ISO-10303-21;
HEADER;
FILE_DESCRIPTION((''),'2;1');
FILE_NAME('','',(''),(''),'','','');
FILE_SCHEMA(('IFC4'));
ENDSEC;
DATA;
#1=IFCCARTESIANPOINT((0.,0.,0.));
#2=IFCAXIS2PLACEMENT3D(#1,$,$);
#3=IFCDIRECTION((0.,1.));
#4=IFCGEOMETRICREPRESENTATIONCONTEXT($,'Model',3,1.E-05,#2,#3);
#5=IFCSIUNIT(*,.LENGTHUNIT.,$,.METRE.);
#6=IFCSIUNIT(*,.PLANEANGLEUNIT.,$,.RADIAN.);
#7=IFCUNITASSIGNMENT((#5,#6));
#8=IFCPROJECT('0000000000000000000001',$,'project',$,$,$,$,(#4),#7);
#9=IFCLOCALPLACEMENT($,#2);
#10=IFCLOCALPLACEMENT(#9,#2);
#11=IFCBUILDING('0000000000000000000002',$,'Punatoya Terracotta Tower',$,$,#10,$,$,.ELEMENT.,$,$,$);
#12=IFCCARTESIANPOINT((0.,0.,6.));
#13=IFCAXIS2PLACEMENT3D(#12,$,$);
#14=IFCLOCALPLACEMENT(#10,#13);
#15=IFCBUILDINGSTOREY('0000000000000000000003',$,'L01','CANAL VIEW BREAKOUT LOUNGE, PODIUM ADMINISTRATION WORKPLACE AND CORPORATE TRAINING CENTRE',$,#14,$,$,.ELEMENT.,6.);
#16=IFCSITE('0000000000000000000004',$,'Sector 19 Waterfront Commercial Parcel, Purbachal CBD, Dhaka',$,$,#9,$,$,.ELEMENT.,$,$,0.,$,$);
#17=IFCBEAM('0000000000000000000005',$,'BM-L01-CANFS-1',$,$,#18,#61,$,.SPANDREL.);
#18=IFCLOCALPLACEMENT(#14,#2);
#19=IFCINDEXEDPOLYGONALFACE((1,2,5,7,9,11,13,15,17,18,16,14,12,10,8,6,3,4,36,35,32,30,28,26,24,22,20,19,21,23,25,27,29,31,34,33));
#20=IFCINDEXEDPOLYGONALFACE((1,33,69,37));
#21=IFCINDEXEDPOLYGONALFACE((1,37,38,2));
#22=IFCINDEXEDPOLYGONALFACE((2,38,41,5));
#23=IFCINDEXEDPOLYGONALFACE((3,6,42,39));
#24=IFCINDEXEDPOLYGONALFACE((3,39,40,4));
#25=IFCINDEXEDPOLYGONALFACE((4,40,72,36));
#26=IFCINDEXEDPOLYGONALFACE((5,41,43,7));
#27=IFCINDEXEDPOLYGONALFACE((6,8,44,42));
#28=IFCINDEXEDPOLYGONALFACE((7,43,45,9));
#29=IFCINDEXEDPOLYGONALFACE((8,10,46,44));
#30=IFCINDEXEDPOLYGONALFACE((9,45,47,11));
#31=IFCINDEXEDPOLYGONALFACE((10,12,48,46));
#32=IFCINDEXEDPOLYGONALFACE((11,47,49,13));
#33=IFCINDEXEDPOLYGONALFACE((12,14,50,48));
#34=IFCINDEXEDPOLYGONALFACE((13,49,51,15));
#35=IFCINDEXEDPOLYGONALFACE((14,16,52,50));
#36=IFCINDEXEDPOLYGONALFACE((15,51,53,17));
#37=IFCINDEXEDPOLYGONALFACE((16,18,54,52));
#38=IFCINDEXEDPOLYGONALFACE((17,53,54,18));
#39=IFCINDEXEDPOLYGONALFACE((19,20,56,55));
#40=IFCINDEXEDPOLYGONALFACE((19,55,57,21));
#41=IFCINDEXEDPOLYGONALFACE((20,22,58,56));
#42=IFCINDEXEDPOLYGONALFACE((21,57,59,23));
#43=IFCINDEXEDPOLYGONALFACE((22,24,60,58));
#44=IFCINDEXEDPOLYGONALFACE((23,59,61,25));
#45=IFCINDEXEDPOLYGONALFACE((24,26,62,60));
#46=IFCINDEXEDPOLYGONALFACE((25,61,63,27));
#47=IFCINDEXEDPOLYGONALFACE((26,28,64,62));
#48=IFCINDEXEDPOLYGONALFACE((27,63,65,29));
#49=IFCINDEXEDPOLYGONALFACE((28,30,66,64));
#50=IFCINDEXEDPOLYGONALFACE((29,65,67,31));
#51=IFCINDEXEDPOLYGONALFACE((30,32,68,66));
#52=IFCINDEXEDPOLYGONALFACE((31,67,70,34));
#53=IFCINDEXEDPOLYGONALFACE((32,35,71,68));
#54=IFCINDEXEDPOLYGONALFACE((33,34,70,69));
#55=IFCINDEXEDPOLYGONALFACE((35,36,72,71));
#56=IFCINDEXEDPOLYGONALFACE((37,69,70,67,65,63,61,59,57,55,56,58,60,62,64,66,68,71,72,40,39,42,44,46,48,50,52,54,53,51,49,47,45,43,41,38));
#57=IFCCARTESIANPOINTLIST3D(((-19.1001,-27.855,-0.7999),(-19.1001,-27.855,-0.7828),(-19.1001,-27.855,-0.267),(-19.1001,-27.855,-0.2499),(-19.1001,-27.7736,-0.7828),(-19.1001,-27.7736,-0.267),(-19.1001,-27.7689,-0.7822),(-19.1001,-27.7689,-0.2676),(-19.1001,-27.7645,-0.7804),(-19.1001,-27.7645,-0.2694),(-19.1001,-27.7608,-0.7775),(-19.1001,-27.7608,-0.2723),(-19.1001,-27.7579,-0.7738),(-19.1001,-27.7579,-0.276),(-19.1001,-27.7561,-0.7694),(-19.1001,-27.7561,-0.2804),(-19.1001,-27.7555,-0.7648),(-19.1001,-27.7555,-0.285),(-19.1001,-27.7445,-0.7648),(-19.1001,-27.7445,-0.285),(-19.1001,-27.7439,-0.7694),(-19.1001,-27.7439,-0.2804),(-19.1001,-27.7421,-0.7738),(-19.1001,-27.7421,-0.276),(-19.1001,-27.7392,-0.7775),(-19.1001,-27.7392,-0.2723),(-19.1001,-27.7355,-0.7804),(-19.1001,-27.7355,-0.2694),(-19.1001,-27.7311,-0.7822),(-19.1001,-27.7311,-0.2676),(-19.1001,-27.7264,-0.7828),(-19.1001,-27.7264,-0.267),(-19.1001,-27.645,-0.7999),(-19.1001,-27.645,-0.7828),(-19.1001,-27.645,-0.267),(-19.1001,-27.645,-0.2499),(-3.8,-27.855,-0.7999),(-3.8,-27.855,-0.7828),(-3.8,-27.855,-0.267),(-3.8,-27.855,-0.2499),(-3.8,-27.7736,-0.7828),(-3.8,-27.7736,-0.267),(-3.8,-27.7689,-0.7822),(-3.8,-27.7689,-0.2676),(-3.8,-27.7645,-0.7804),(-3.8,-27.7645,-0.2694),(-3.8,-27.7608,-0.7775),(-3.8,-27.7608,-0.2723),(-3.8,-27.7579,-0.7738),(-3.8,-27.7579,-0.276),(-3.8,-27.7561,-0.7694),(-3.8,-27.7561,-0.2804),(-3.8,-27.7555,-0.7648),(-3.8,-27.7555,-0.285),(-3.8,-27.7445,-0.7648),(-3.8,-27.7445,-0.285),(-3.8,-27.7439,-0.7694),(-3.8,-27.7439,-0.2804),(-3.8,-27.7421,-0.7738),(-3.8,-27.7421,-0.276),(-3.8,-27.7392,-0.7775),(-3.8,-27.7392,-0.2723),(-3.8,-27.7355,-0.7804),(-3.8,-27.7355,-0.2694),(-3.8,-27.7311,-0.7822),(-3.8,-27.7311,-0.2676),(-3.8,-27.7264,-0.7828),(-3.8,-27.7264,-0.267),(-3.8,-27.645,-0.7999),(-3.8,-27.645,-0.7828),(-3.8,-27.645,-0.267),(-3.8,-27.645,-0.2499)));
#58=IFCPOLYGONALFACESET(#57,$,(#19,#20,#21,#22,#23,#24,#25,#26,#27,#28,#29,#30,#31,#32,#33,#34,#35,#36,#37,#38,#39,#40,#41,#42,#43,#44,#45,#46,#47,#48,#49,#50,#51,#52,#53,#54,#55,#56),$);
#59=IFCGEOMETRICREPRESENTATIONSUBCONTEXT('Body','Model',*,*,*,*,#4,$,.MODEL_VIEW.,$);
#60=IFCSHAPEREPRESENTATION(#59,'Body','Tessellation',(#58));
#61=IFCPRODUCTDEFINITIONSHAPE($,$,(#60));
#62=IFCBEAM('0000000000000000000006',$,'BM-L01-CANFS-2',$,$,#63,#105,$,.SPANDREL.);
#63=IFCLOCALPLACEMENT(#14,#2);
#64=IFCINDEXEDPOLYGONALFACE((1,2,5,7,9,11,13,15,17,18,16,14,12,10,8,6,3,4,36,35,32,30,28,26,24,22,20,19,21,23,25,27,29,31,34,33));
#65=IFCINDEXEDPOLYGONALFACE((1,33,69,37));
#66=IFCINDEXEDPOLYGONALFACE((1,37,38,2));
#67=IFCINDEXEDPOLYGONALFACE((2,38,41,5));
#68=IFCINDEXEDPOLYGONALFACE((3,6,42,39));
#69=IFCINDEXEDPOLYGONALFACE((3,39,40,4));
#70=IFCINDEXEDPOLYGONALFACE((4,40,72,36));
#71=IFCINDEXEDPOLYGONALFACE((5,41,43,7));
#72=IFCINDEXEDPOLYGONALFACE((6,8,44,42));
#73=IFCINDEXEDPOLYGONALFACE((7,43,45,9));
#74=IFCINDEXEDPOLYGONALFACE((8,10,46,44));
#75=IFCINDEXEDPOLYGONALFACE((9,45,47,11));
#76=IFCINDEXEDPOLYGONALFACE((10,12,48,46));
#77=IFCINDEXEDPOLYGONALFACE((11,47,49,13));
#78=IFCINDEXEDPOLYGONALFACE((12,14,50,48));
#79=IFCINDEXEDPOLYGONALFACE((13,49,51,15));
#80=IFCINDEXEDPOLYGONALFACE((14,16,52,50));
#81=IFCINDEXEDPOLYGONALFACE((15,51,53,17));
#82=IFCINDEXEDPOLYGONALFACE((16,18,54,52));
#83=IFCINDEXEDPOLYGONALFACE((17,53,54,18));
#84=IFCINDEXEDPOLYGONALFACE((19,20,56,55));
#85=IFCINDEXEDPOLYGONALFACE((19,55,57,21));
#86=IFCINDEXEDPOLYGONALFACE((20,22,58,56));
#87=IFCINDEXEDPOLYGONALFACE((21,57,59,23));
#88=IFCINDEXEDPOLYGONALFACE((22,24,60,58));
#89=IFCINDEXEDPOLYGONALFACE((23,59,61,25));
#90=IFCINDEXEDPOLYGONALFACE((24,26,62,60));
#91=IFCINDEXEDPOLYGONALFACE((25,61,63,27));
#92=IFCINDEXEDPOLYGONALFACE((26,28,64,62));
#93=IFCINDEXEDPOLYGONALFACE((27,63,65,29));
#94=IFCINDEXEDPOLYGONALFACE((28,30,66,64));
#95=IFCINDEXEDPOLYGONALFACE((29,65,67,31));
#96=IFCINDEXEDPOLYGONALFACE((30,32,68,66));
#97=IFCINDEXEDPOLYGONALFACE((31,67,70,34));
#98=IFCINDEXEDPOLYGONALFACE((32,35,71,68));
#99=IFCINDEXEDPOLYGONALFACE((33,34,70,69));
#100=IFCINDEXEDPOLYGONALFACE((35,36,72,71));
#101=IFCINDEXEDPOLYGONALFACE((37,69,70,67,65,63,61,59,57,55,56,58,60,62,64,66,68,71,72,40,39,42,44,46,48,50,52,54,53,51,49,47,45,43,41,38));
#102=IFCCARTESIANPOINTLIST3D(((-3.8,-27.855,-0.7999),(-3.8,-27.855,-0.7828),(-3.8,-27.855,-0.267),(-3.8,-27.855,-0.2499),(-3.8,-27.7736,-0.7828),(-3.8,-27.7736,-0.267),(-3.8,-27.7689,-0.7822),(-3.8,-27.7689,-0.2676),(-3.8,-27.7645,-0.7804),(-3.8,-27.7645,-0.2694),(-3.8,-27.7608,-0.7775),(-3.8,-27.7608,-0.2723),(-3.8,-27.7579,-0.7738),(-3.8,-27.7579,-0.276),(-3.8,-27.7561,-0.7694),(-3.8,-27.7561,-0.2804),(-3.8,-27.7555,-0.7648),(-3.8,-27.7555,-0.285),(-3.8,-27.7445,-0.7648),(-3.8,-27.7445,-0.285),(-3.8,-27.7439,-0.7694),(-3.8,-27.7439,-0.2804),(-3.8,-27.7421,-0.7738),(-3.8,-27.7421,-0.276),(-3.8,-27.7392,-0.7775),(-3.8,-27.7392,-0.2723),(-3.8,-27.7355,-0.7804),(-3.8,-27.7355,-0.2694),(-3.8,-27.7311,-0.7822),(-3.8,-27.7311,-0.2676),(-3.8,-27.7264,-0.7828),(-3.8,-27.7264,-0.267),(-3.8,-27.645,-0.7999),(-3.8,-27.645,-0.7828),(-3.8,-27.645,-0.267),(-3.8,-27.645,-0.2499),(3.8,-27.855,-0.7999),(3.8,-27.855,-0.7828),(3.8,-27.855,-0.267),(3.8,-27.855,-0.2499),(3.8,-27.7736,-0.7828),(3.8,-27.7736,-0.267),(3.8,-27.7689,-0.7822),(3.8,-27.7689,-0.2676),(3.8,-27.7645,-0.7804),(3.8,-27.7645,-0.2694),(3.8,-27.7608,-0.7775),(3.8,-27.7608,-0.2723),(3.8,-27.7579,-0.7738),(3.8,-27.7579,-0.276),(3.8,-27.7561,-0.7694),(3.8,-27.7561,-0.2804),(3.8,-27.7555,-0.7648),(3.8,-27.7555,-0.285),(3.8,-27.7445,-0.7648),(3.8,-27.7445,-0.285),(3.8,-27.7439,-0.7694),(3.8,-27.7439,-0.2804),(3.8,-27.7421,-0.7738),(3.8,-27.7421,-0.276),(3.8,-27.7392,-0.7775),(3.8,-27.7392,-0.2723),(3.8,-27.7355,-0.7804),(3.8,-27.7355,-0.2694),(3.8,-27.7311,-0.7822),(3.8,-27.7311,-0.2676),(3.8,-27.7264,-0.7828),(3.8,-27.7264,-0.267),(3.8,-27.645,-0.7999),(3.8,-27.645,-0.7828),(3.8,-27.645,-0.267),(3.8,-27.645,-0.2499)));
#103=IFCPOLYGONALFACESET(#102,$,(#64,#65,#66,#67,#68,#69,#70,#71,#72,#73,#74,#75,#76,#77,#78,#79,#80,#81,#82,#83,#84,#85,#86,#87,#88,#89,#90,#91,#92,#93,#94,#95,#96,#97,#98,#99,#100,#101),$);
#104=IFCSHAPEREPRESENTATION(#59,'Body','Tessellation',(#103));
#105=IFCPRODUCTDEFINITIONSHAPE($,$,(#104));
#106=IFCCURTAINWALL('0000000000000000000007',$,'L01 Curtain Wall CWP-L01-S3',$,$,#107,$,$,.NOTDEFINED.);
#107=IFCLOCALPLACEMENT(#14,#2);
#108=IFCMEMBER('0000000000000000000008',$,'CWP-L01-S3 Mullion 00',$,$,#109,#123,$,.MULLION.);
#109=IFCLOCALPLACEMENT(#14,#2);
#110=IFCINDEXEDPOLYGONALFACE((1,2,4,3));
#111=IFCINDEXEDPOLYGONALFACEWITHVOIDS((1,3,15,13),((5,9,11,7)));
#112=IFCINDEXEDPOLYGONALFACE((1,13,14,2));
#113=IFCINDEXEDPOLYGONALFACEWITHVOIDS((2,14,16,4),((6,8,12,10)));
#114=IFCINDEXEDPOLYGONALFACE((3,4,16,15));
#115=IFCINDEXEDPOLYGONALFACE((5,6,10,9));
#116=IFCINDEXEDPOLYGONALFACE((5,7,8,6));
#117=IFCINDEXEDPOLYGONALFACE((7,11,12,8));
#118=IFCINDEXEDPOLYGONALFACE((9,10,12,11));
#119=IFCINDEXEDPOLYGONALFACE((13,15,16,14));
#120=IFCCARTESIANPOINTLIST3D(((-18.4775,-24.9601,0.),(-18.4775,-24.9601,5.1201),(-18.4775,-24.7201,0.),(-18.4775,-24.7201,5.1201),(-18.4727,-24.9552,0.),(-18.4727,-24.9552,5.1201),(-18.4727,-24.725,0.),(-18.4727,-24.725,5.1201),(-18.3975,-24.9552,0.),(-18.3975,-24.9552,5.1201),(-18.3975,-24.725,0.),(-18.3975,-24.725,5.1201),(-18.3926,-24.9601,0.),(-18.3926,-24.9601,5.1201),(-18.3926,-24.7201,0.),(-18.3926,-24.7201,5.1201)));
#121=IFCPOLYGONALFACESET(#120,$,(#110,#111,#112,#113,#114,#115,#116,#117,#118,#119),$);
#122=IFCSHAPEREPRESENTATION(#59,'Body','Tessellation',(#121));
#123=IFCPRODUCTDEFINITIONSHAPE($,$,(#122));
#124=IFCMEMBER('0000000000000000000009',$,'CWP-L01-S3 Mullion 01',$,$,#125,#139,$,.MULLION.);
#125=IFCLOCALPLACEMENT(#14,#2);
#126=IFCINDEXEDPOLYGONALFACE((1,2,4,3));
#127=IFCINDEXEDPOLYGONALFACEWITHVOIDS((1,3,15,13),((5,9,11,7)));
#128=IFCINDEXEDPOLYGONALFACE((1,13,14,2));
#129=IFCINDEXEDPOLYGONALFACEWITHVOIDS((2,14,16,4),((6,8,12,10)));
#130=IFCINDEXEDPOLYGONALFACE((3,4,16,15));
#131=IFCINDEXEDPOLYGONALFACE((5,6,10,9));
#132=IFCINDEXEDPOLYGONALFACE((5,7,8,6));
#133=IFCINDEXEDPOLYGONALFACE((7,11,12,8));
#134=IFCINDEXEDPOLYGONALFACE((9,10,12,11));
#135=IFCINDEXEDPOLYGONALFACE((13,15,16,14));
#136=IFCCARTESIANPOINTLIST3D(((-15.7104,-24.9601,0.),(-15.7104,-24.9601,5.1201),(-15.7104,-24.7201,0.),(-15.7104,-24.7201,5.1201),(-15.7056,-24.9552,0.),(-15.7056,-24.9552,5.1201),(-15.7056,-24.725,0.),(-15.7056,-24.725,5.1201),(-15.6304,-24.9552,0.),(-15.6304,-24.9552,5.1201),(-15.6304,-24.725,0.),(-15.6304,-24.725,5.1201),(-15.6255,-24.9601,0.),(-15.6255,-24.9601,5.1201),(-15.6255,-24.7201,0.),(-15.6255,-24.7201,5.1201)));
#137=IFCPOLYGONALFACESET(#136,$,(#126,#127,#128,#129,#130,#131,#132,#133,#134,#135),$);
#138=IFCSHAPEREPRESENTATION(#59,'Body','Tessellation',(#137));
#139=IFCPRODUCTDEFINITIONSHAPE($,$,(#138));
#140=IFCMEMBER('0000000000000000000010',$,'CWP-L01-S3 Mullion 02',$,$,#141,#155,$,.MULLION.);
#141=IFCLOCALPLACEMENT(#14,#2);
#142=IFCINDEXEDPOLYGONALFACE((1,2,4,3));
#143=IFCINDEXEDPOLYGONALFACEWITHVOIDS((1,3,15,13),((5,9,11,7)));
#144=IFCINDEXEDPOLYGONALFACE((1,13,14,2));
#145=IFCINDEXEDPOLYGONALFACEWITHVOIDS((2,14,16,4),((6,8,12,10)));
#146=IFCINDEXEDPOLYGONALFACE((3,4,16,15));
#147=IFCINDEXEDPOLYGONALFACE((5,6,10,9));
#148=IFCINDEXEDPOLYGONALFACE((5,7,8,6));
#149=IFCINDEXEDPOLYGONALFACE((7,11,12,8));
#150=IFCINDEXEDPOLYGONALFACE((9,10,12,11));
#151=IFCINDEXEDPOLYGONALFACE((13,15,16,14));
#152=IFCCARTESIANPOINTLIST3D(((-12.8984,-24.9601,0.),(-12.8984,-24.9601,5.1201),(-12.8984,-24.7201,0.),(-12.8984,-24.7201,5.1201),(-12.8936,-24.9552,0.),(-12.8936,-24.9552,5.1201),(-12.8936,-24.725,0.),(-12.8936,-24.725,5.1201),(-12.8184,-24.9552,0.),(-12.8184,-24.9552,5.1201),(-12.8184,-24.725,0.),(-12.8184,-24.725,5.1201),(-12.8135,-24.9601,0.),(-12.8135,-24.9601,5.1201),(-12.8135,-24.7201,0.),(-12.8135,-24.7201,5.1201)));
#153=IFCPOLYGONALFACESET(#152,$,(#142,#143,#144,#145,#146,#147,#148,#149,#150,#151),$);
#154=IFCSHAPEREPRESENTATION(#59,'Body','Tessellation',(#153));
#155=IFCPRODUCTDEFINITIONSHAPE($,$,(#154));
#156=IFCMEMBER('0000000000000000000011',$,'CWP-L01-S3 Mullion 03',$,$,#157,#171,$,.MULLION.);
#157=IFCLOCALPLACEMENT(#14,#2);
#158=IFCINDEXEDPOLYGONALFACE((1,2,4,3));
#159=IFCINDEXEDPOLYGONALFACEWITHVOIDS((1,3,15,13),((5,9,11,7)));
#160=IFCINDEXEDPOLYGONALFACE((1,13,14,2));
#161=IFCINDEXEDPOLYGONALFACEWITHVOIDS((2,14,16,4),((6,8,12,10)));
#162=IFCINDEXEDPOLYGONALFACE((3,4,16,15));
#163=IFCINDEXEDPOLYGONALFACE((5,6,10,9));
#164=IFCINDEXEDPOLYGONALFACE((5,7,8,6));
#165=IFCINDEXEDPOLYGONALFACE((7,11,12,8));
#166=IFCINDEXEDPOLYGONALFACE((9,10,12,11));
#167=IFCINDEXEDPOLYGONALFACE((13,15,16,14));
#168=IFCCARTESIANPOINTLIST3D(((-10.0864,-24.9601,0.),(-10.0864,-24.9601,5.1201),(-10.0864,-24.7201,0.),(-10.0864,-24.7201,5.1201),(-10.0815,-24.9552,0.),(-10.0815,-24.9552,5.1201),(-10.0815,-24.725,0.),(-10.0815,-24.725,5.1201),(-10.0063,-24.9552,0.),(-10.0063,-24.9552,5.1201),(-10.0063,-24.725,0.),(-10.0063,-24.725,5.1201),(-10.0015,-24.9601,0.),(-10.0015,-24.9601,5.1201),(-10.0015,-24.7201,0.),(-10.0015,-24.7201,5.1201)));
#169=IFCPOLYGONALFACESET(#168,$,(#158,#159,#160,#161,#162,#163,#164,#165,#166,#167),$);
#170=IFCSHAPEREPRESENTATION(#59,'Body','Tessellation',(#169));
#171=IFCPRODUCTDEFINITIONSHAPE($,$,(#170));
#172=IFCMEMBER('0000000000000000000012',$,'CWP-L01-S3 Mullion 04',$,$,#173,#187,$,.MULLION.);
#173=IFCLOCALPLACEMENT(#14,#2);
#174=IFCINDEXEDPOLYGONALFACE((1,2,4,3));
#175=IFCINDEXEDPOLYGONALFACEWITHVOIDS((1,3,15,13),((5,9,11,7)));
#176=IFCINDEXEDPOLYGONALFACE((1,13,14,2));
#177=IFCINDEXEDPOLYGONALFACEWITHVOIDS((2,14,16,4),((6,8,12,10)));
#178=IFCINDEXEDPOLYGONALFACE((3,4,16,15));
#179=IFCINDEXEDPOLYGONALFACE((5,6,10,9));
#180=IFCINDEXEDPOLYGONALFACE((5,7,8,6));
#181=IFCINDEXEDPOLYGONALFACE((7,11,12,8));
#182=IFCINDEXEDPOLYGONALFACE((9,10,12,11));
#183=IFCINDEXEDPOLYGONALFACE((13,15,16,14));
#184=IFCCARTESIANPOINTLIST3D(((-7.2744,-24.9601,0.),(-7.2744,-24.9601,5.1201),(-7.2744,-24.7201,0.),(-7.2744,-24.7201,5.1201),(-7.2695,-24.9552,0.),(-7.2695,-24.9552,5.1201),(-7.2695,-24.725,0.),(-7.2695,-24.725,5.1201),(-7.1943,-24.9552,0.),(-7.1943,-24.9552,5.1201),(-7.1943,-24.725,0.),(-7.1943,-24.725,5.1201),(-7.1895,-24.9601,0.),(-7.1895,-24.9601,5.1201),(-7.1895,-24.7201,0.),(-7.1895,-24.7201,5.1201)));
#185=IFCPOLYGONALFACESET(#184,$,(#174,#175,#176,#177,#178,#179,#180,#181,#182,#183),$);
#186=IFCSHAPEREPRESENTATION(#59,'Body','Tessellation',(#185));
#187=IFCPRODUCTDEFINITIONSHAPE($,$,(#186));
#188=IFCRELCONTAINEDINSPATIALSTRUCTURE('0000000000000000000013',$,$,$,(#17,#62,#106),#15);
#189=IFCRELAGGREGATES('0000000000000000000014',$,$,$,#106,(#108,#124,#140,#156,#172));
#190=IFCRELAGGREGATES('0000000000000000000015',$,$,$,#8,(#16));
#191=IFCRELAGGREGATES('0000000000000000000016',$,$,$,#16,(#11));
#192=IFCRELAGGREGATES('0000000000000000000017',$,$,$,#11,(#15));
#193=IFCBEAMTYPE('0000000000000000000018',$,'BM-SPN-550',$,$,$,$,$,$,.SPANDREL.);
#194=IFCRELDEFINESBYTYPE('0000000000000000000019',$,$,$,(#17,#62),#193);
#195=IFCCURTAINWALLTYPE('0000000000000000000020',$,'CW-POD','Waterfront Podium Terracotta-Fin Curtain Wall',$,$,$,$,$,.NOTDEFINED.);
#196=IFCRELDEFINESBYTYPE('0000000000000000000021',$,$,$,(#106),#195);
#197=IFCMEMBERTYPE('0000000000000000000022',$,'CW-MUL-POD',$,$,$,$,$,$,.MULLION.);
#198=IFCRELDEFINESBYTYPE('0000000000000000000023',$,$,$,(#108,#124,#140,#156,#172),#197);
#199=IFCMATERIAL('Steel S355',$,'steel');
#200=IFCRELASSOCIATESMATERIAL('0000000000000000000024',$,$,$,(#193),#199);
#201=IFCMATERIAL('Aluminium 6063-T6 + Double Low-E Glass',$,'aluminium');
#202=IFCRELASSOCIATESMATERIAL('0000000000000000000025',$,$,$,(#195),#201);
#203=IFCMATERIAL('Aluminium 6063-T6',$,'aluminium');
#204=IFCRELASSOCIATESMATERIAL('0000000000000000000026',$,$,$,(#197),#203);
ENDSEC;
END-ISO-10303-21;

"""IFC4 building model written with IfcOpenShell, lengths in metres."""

from ifc_helpers import new_model, si_unit, direction, frame, origin, origin_2d, place, context, subcontext, project, spatial, hollow_rectangle, i_section, extrude, material, material_profile, profile_set, type_object, element, aggregate, save


model = new_model("IFC4")

# Units and contexts
model_context = context("Model", 3, precision=1e-05, world=origin(), true_north=direction((0.0, 1.0)))
body_context = subcontext(model_context, "Body", "Model", "MODEL_VIEW")
ifc_project = project(units=[si_unit("LENGTHUNIT", "METRE"), si_unit("PLANEANGLEUNIT", "RADIAN")], contexts=[model_context])

# Site, building, storey
site_placement = place(None, origin())
site = spatial("IfcSite", under=ifc_project, at=site_placement, Name="Sector 19 Waterfront Commercial Parcel, Purbachal CBD, Dhaka", CompositionType="ELEMENT", RefElevation=0.0)
building_placement = place(site_placement, origin())
building = spatial("IfcBuilding", under=site, at=building_placement, Name="Punatoya Terracotta Tower", CompositionType="ELEMENT")
storey_placement = place(building_placement, frame((0.0, 0.0, 6.0)))
storey = spatial("IfcBuildingStorey", under=building, at=storey_placement, Name="L01", Description="CANAL VIEW BREAKOUT LOUNGE, PODIUM ADMINISTRATION WORKPLACE AND CORPORATE TRAINING CENTRE", CompositionType="ELEMENT", Elevation=6.0)

# Beams
ifc_material_1 = material(Name="Steel S355", Category="steel")
ifc_material_profile_1 = material_profile(ifc_material_1, i_section(OverallWidth=0.21, OverallDepth=0.55, WebThickness=0.011, FlangeThickness=0.0171, FilletRadius=0.0181, at=origin_2d()))
ifc_profile_set_1 = profile_set([ifc_material_profile_1], Name="Steel S355")
beam_type_1 = type_object("IfcBeamType", Name="BM-SPN-550", PredefinedType="SPANDREL", material=ifc_profile_set_1)
beam_1_placement = place(storey_placement, frame((-19.1001, -27.75, -0.5249), z_axis=(1.0, 0.0, 0.0), x_axis=(0.0, 1.0, 0.0)))
element("IfcBeam", 1, at=beam_1_placement, inside=storey, type_object=beam_type_1, Name="BM-L01-CANFS-1", PredefinedType="SPANDREL", context=body_context, shape_type="SweptSolid", body=[
    extrude(i_section(OverallWidth=0.21, OverallDepth=0.55, WebThickness=0.011, FlangeThickness=0.0171, FilletRadius=0.0181, at=origin_2d()), origin(), (0.0, 0.0, 1.0), 15.3),
])
beam_2_placement = place(storey_placement, frame((-3.8, -27.75, -0.5249), z_axis=(1.0, 0.0, 0.0), x_axis=(0.0, 1.0, 0.0)))
element("IfcBeam", 2, at=beam_2_placement, inside=storey, type_object=beam_type_1, Name="BM-L01-CANFS-2", PredefinedType="SPANDREL", context=body_context, shape_type="SweptSolid", body=[
    extrude(i_section(OverallWidth=0.21, OverallDepth=0.55, WebThickness=0.011, FlangeThickness=0.0171, FilletRadius=0.0181, at=origin_2d()), origin(), (0.0, 0.0, 1.0), 7.6001),
])

# Curtain wall, members
ifc_material_2 = material(Name="Aluminium 6063-T6 + Double Low-E Glass", Category="aluminium")
curtain_wall_type = type_object("IfcCurtainWallType", Name="CW-POD", Description="Waterfront Podium Terracotta-Fin Curtain Wall", PredefinedType="NOTDEFINED", material=ifc_material_2)
curtain_wall_1_placement = place(storey_placement, origin())
curtain_wall_1 = element("IfcCurtainWall", 3, at=curtain_wall_1_placement, inside=storey, type_object=curtain_wall_type, Name="L01 Curtain Wall CWP-L01-S3", PredefinedType="NOTDEFINED")
ifc_material_3 = material(Name="Aluminium 6063-T6", Category="aluminium")
ifc_material_profile_2 = material_profile(ifc_material_3, hollow_rectangle(XDim=0.085, YDim=0.24, WallThickness=0.0049, at=origin_2d()))
ifc_profile_set_2 = profile_set([ifc_material_profile_2], Name="Aluminium 6063-T6")
member_type_1 = type_object("IfcMemberType", Name="CW-MUL-POD", PredefinedType="MULLION", material=ifc_profile_set_2)
member_1_placement = place(storey_placement, frame((-18.4351, -24.8401, 0.0), z_axis=(0.0, 0.0, 1.0), x_axis=(1.0, 0.0, 0.0)))
member_1 = element("IfcMember", 4, at=member_1_placement, type_object=member_type_1, Name="CWP-L01-S3 Mullion 00", PredefinedType="MULLION", context=body_context, shape_type="SweptSolid", body=[
    extrude(hollow_rectangle(XDim=0.085, YDim=0.24, WallThickness=0.0049, at=origin_2d()), origin(), (0.0, 0.0, 1.0), 5.1201),
])
member_2_placement = place(storey_placement, frame((-15.668, -24.8401, 0.0), z_axis=(0.0, 0.0, 1.0), x_axis=(1.0, 0.0, 0.0)))
member_2 = element("IfcMember", 5, at=member_2_placement, type_object=member_type_1, Name="CWP-L01-S3 Mullion 01", PredefinedType="MULLION", context=body_context, shape_type="SweptSolid", body=[
    extrude(hollow_rectangle(XDim=0.085, YDim=0.24, WallThickness=0.0049, at=origin_2d()), origin(), (0.0, 0.0, 1.0), 5.1201),
])
member_3_placement = place(storey_placement, frame((-12.856, -24.8401, 0.0), z_axis=(0.0, 0.0, 1.0), x_axis=(1.0, 0.0, 0.0)))
member_3 = element("IfcMember", 6, at=member_3_placement, type_object=member_type_1, Name="CWP-L01-S3 Mullion 02", PredefinedType="MULLION", context=body_context, shape_type="SweptSolid", body=[
    extrude(hollow_rectangle(XDim=0.085, YDim=0.24, WallThickness=0.0049, at=origin_2d()), origin(), (0.0, 0.0, 1.0), 5.1201),
])
member_4_placement = place(storey_placement, frame((-10.0439, -24.8401, 0.0), z_axis=(0.0, 0.0, 1.0), x_axis=(1.0, 0.0, 0.0)))
member_4 = element("IfcMember", 7, at=member_4_placement, type_object=member_type_1, Name="CWP-L01-S3 Mullion 03", PredefinedType="MULLION", context=body_context, shape_type="SweptSolid", body=[
    extrude(hollow_rectangle(XDim=0.085, YDim=0.24, WallThickness=0.0049, at=origin_2d()), origin(), (0.0, 0.0, 1.0), 5.1201),
])
member_5_placement = place(storey_placement, frame((-7.2319, -24.8401, 0.0), z_axis=(0.0, 0.0, 1.0), x_axis=(1.0, 0.0, 0.0)))
member_5 = element("IfcMember", 8, at=member_5_placement, type_object=member_type_1, Name="CWP-L01-S3 Mullion 04", PredefinedType="MULLION", context=body_context, shape_type="SweptSolid", body=[
    extrude(hollow_rectangle(XDim=0.085, YDim=0.24, WallThickness=0.0049, at=origin_2d()), origin(), (0.0, 0.0, 1.0), 5.1201),
])

aggregate(curtain_wall_1, [member_1, member_2, member_3, member_4, member_5])

save(model, "model.ifc")
